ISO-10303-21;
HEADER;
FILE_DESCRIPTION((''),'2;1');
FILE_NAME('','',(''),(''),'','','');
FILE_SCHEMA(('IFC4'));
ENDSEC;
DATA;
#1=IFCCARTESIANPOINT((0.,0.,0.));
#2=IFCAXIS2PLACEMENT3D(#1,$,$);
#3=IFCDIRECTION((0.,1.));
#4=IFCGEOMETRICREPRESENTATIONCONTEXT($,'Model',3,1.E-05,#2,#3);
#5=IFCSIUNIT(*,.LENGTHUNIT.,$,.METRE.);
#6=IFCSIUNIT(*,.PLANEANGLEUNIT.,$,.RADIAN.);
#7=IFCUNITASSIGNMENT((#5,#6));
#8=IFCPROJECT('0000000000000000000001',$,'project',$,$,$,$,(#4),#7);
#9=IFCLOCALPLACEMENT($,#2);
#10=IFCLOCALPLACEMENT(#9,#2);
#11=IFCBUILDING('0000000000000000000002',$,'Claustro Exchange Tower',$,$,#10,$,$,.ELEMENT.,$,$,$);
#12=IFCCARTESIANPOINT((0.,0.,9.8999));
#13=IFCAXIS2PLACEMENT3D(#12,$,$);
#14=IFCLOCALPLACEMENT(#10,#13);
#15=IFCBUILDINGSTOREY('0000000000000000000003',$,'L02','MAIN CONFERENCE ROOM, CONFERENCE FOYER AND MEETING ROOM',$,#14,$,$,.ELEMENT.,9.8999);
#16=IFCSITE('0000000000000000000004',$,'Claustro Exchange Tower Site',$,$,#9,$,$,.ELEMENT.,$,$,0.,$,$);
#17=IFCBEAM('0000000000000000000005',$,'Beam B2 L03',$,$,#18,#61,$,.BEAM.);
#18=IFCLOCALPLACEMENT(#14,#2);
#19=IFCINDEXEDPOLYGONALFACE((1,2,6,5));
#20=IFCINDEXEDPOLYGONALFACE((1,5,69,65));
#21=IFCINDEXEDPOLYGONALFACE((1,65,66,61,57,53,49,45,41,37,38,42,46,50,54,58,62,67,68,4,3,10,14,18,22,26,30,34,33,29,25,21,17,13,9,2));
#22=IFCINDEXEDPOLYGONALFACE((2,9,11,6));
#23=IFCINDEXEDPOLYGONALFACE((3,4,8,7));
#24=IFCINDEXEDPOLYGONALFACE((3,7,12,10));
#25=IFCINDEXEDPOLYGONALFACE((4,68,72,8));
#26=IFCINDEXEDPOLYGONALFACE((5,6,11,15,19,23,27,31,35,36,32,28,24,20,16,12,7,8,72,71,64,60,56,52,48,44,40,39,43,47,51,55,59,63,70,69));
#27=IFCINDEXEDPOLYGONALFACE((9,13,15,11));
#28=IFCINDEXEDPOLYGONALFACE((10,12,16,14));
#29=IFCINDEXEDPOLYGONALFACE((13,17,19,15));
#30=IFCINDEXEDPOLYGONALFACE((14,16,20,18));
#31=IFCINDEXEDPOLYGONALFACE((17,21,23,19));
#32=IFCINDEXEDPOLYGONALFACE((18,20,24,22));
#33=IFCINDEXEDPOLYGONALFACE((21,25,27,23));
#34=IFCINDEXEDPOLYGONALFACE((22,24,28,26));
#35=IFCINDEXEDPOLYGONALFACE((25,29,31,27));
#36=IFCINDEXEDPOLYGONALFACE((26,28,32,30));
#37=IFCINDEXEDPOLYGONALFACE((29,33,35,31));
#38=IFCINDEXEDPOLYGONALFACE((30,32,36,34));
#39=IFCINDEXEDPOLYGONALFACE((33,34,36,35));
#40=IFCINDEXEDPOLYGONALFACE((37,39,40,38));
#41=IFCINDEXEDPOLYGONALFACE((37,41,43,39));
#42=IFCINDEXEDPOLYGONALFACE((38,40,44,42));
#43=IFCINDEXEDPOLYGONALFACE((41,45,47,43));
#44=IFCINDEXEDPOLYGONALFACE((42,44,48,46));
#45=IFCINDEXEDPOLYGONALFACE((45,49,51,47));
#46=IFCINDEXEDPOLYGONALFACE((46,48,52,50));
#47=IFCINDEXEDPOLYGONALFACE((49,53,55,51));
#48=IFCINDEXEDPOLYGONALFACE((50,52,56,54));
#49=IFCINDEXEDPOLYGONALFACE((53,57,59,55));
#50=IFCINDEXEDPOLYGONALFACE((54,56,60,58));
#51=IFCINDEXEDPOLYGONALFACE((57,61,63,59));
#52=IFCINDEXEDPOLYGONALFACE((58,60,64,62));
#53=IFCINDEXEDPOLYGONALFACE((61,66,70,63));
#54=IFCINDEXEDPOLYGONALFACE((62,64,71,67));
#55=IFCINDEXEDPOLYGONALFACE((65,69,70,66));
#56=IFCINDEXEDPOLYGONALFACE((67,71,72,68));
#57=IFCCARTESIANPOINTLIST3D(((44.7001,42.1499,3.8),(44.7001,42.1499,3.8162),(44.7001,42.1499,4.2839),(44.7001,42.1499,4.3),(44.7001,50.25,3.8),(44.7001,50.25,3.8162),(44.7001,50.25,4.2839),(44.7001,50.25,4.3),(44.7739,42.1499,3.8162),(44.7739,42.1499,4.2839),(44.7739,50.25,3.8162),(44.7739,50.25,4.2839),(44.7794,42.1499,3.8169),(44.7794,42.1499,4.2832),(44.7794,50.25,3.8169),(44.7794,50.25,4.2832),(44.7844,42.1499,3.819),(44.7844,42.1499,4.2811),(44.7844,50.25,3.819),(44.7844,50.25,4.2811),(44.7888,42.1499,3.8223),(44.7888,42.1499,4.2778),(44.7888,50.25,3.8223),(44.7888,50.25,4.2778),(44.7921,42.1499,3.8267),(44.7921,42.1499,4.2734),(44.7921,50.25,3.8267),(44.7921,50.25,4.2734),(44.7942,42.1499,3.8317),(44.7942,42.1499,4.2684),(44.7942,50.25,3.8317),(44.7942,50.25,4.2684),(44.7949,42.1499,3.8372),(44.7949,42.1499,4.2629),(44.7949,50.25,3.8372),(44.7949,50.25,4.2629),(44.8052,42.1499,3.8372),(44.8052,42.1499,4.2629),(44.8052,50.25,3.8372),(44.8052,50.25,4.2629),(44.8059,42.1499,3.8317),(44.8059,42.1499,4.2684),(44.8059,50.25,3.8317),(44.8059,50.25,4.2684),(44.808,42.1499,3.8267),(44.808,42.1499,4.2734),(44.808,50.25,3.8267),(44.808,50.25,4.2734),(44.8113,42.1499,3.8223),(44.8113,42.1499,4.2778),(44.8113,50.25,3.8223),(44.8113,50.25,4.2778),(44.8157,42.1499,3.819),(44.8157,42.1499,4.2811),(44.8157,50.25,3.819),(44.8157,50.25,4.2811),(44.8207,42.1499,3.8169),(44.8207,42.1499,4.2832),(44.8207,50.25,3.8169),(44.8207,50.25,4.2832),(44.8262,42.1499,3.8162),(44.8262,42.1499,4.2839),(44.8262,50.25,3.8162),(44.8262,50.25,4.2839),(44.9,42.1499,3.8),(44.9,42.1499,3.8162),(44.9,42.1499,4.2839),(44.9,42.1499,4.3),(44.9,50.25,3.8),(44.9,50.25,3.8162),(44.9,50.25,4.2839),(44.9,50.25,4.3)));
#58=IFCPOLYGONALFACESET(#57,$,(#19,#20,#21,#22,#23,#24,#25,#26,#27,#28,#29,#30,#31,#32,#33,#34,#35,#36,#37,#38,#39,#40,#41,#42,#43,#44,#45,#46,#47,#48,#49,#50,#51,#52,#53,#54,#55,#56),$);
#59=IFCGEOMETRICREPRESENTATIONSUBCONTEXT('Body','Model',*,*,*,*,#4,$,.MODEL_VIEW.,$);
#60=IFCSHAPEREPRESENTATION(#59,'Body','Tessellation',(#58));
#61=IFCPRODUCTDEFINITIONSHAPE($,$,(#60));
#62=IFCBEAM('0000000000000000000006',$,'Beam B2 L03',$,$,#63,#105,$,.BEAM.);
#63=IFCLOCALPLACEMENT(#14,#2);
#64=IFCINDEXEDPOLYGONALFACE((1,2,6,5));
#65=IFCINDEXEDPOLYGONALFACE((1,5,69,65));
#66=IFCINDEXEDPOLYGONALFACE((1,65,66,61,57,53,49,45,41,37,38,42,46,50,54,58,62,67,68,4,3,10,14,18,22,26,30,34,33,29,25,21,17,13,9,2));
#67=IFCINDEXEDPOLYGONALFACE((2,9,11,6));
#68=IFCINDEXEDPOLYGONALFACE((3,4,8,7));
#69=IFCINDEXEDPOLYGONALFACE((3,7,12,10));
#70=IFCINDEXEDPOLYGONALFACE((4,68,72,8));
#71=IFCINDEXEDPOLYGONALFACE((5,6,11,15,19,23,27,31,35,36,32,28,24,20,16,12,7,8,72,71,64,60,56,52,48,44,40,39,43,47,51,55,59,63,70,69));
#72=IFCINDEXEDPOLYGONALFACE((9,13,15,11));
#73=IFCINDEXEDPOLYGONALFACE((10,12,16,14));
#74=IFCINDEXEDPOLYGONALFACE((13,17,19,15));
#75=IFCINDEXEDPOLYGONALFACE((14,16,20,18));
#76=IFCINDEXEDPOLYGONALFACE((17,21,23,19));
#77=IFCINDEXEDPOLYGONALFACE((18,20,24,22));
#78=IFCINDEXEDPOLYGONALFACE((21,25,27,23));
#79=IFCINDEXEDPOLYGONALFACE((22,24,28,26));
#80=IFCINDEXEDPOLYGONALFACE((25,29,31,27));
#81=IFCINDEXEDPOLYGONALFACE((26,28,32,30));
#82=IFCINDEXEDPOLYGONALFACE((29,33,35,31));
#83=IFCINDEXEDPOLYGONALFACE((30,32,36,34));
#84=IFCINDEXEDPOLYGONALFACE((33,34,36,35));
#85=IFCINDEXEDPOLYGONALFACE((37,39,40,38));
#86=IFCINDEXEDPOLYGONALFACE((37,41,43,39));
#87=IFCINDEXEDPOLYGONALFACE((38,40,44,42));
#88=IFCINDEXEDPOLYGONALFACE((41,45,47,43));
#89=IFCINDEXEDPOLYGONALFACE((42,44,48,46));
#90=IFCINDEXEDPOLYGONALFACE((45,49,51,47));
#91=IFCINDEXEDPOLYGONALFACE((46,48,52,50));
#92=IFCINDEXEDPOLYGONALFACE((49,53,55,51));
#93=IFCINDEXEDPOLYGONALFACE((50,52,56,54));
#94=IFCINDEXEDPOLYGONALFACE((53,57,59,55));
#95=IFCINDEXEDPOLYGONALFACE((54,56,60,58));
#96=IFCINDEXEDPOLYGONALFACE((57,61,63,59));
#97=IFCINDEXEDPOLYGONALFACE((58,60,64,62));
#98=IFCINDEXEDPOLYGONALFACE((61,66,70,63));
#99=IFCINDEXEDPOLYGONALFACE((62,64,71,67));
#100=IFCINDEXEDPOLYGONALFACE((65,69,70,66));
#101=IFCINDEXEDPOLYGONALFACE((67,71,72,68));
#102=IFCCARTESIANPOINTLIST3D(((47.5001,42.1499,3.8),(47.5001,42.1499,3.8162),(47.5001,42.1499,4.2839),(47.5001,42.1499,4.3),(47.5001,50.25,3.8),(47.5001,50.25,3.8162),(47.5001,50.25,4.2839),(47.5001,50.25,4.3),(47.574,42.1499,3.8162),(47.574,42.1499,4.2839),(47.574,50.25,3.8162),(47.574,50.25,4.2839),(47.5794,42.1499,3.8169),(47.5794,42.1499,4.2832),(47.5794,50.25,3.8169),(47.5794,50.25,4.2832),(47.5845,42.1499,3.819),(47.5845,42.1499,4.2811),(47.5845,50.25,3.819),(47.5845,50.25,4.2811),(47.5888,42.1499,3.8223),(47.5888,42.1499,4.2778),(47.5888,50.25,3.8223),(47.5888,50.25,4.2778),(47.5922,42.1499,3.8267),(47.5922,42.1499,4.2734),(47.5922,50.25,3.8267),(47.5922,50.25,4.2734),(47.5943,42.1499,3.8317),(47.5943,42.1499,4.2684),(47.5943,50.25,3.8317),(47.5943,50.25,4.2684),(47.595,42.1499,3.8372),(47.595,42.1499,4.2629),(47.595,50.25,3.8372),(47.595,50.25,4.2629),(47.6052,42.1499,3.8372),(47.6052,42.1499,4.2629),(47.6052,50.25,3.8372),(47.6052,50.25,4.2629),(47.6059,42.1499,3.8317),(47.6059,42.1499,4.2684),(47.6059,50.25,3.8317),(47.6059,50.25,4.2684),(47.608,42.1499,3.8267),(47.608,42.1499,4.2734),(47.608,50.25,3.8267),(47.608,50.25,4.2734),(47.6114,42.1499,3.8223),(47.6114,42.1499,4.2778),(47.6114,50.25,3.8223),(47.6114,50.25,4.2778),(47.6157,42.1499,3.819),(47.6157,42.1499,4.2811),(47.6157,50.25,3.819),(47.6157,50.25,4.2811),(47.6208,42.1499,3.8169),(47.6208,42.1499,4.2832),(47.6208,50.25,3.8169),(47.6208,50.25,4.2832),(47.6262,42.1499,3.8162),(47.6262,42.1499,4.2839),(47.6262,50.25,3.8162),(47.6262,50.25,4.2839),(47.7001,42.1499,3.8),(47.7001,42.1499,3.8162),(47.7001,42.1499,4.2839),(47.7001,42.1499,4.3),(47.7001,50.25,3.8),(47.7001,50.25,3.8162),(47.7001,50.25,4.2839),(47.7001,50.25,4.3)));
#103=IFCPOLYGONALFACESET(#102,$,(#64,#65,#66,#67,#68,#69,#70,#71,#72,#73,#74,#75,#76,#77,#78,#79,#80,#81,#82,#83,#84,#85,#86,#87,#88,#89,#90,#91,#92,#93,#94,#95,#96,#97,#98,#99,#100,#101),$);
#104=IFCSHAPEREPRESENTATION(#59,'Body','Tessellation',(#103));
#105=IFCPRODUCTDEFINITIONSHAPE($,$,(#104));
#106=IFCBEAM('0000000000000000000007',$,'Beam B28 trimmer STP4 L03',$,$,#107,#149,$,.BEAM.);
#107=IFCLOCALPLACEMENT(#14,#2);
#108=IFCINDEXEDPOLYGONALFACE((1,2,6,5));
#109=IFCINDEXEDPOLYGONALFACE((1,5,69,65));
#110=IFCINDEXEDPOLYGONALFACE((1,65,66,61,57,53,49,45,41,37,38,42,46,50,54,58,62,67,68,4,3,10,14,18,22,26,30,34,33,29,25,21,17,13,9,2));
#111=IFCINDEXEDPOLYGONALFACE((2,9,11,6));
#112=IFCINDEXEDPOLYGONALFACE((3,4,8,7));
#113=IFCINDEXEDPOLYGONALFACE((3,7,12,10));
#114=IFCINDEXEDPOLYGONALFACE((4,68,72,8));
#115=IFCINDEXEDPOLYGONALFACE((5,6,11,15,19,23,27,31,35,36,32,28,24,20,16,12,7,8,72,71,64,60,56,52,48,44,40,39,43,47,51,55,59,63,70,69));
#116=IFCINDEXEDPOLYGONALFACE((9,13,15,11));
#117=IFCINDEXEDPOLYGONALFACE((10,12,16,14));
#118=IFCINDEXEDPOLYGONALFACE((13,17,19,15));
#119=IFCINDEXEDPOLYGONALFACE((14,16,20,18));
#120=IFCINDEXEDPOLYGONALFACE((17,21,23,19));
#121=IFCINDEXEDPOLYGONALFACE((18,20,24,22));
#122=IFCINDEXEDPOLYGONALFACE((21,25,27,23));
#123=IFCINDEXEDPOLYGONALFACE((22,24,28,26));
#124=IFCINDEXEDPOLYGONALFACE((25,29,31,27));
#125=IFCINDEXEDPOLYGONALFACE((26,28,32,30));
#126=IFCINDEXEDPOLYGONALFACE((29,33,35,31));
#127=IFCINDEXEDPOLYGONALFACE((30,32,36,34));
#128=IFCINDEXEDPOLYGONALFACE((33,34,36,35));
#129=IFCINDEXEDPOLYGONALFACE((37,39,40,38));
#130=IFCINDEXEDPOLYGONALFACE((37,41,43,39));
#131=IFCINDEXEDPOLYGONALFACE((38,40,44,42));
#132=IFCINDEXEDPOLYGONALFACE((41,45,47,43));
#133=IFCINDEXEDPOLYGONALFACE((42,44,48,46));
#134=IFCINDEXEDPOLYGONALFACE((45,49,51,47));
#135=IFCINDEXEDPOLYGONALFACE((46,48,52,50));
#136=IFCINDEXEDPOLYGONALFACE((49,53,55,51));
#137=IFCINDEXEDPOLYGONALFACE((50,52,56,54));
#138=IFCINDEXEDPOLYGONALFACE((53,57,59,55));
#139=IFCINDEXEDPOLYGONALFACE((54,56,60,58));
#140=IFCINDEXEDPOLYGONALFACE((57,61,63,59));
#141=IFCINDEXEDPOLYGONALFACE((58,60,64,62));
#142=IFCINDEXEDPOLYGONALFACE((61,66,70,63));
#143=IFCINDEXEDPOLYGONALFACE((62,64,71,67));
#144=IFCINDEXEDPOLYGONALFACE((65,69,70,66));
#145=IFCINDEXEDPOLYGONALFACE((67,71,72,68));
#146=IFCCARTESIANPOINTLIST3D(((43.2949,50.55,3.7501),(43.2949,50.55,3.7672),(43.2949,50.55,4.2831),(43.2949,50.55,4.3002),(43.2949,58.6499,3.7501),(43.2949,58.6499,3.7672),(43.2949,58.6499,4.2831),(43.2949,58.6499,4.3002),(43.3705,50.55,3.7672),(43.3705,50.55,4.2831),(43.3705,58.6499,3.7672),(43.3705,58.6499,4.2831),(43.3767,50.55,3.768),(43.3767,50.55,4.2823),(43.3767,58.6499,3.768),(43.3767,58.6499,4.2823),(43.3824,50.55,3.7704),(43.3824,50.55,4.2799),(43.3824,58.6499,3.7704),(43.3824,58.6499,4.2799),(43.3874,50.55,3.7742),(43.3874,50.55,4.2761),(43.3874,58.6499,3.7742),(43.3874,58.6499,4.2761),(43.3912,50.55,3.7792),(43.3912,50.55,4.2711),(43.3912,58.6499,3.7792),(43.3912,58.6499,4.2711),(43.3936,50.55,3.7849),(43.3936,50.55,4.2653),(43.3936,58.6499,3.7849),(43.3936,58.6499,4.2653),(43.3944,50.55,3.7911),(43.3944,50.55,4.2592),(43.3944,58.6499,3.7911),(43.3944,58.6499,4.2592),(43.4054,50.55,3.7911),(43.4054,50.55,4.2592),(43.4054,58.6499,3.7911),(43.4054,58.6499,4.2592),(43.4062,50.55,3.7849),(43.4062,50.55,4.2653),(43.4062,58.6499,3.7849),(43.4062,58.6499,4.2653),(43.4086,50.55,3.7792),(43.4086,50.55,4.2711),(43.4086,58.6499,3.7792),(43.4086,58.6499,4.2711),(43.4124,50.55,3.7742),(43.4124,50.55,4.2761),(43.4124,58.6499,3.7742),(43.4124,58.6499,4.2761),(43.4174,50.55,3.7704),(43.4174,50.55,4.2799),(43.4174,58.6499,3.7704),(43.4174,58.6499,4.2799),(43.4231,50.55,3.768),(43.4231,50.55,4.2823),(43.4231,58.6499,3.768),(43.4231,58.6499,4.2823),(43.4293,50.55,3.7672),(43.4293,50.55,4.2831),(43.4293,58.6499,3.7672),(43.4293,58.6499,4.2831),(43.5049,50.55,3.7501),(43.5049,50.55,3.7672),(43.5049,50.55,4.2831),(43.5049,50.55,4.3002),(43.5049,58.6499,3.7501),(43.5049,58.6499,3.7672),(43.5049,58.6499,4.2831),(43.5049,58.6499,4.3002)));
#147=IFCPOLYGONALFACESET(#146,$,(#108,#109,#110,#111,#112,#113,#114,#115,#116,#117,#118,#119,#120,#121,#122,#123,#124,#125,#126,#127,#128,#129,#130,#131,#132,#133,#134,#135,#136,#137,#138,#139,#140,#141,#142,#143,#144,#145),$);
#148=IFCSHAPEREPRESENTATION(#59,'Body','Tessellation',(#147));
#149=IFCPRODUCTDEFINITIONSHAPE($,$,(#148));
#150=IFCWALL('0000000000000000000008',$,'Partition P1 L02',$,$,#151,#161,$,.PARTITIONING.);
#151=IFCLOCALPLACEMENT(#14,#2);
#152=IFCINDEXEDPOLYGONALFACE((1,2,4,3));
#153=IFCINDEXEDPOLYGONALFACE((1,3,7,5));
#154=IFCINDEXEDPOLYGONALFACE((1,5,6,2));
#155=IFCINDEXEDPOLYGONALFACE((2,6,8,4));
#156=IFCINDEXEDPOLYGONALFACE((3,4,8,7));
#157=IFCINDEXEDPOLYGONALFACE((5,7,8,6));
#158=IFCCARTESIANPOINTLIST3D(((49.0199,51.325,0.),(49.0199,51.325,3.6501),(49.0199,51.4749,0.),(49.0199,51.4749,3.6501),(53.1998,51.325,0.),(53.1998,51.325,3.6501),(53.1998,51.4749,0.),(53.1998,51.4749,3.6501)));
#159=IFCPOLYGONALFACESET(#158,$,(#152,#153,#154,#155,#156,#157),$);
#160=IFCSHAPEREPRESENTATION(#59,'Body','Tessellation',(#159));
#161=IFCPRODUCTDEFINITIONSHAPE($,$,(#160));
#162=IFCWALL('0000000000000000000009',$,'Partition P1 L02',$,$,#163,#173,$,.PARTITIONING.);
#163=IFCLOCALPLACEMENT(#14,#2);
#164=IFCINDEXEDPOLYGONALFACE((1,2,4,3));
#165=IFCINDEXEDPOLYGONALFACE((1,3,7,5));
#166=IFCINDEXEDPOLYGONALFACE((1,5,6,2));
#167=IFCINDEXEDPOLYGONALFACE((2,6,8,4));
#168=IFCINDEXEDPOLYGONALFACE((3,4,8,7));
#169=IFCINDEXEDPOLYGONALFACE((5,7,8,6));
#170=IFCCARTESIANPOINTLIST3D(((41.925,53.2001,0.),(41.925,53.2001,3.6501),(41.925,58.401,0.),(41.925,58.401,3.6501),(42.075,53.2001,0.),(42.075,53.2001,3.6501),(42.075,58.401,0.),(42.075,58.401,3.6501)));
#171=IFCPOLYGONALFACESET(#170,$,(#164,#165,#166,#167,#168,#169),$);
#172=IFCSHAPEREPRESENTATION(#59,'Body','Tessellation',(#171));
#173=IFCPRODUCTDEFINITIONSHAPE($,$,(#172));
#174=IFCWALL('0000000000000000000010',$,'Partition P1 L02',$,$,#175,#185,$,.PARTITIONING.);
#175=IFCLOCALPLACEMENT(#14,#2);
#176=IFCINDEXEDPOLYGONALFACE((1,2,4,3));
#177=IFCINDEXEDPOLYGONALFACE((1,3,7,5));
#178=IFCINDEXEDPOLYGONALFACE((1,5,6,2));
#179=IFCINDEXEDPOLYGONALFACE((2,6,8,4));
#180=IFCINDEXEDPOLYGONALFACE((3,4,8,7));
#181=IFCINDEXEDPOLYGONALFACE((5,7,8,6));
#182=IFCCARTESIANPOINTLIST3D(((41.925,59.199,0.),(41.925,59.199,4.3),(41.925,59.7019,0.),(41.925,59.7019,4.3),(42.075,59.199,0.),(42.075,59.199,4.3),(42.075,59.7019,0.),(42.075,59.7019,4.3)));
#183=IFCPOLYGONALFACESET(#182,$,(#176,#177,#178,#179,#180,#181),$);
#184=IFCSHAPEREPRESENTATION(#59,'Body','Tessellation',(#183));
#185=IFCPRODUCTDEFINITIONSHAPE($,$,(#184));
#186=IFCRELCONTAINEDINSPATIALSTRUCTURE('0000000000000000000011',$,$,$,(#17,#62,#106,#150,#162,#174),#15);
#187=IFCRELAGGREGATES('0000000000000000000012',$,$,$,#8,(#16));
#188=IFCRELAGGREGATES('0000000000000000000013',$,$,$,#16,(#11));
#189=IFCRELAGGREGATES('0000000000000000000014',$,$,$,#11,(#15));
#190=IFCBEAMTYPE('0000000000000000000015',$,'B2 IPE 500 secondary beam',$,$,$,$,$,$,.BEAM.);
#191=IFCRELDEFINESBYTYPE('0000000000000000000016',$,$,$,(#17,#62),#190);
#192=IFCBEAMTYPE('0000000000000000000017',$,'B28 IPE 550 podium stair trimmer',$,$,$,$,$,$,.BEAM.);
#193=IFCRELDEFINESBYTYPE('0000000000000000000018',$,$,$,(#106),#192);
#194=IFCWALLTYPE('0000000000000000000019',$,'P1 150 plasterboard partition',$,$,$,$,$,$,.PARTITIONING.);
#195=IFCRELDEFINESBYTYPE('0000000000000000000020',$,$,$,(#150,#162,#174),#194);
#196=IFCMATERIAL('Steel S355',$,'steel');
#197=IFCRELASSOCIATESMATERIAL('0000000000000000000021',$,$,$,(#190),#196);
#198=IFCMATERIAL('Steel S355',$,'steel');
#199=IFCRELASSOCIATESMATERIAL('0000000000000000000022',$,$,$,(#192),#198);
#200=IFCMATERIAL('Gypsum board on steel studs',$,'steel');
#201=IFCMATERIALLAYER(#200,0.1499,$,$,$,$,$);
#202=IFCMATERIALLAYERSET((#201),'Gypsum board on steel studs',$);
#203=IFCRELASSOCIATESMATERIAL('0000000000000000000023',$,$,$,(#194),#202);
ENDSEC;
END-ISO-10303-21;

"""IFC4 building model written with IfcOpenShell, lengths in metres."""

from ifc_helpers import new_model, si_unit, direction, frame, frame_2d, origin, origin_2d, place, context, subcontext, project, spatial, rectangle, i_section, extrude, material, layer, layer_set, material_profile, profile_set, type_object, element, save


model = new_model("IFC4")

# Units and contexts
model_context = context("Model", 3, precision=1e-05, world=origin(), true_north=direction((0.0, 1.0)))
body_context = subcontext(model_context, "Body", "Model", "MODEL_VIEW")
ifc_project = project(units=[si_unit("LENGTHUNIT", "METRE"), si_unit("PLANEANGLEUNIT", "RADIAN")], contexts=[model_context])

# Site, building, storey
site_placement = place(None, origin())
site = spatial("IfcSite", under=ifc_project, at=site_placement, Name="Claustro Exchange Tower Site", CompositionType="ELEMENT", RefElevation=0.0)
building_placement = place(site_placement, origin())
building = spatial("IfcBuilding", under=site, at=building_placement, Name="Claustro Exchange Tower", CompositionType="ELEMENT")
storey_placement = place(building_placement, frame((0.0, 0.0, 9.8999)))
storey = spatial("IfcBuildingStorey", under=building, at=storey_placement, Name="L02", Description="MAIN CONFERENCE ROOM, CONFERENCE FOYER AND MEETING ROOM", CompositionType="ELEMENT", Elevation=9.8999)

# Beams
ifc_material_1 = material(Name="Steel S355", Category="steel")
ifc_material_profile_1 = material_profile(ifc_material_1, i_section(OverallWidth=0.2, OverallDepth=0.5, WebThickness=0.0103, FlangeThickness=0.0161, FilletRadius=0.021, at=origin_2d()), Name="IPE 500")
ifc_profile_set_1 = profile_set([ifc_material_profile_1], Name="Steel S355")
beam_type_1 = type_object("IfcBeamType", Name="B2 IPE 500 secondary beam", PredefinedType="BEAM", material=ifc_profile_set_1)
for number, where, z_axis, x_axis, name in (
    (1, (44.8, 42.1499, 4.05), (0.0, 1.0, 0.0), (-1.0, 0.0, 0.0), "Beam B2 L03"),
    (2, (47.6001, 42.1499, 4.05), (0.0, 1.0, 0.0), (-1.0, 0.0, 0.0), "Beam B2 L03"),
):
    element("IfcBeam", number, at=place(storey_placement, frame(where, z_axis=z_axis, x_axis=x_axis)), inside=storey, type_object=beam_type_1, Name=name, PredefinedType="BEAM", context=body_context, shape_type="SweptSolid", body=[
        extrude(i_section(OverallWidth=0.2, OverallDepth=0.5, WebThickness=0.0103, FlangeThickness=0.0161, FilletRadius=0.021, at=origin_2d()), origin(), (0.0, 0.0, 1.0), 8.1001),
    ])
ifc_material_2 = material(Name="Steel S355", Category="steel")
ifc_material_profile_2 = material_profile(ifc_material_2, i_section(OverallWidth=0.21, OverallDepth=0.55, WebThickness=0.011, FlangeThickness=0.0171, FilletRadius=0.0239, at=origin_2d()), Name="IPE 550")
ifc_profile_set_2 = profile_set([ifc_material_profile_2], Name="Steel S355")
beam_type_2 = type_object("IfcBeamType", Name="B28 IPE 550 podium stair trimmer", PredefinedType="BEAM", material=ifc_profile_set_2)
beam_1_placement = place(storey_placement, frame((43.3999, 50.55, 4.0251), z_axis=(0.0, 1.0, 0.0), x_axis=(-1.0, 0.0, 0.0)))
element("IfcBeam", 3, at=beam_1_placement, inside=storey, type_object=beam_type_2, Name="Beam B28 trimmer STP4 L03", PredefinedType="BEAM", context=body_context, shape_type="SweptSolid", body=[
    extrude(i_section(OverallWidth=0.21, OverallDepth=0.55, WebThickness=0.011, FlangeThickness=0.0171, FilletRadius=0.0239, at=origin_2d()), origin(), (0.0, 0.0, 1.0), 8.0999),
])

# Walls
ifc_material_3 = material(Name="Gypsum board on steel studs", Category="steel")
ifc_layer_1 = layer(ifc_material_3, 0.1499)
ifc_layer_set_1 = layer_set([ifc_layer_1], Name="Gypsum board on steel studs")
wall_type_1 = type_object("IfcWallType", Name="P1 150 plasterboard partition", PredefinedType="PARTITIONING", material=ifc_layer_set_1)
wall_1_placement = place(storey_placement, frame((49.02, 51.3999, 0.0), z_axis=(0.0, 0.0, 1.0), x_axis=(1.0, 0.0, 0.0)))
element("IfcWall", 4, at=wall_1_placement, inside=storey, type_object=wall_type_1, Name="Partition P1 L02", PredefinedType="PARTITIONING", context=body_context, shape_type="SweptSolid", body=[
    extrude(rectangle(XDim=4.1799, YDim=0.1499, at=frame_2d((2.0898, 0.0))), origin(), (0.0, 0.0, 1.0), 3.6501),
])
wall_2_placement = place(storey_placement, frame((42.0, 53.2, 0.0), z_axis=(0.0, 0.0, 1.0), x_axis=(0.0, 1.0, 0.0)))
element("IfcWall", 5, at=wall_2_placement, inside=storey, type_object=wall_type_1, Name="Partition P1 L02", PredefinedType="PARTITIONING", context=body_context, shape_type="SweptSolid", body=[
    extrude(rectangle(XDim=5.2009, YDim=0.1499, at=frame_2d((2.6006, 0.0))), origin(), (0.0, 0.0, 1.0), 3.6501),
])
wall_3_placement = place(storey_placement, frame((42.0, 59.199, 0.0), z_axis=(0.0, 0.0, 1.0), x_axis=(0.0, 1.0, 0.0)))
element("IfcWall", 6, at=wall_3_placement, inside=storey, type_object=wall_type_1, Name="Partition P1 L02", PredefinedType="PARTITIONING", context=body_context, shape_type="SweptSolid", body=[
    extrude(rectangle(XDim=0.5029, YDim=0.1499, at=frame_2d((0.2515, 0.0))), origin(), (0.0, 0.0, 1.0), 4.3),
])

save(model, "model.ifc")
